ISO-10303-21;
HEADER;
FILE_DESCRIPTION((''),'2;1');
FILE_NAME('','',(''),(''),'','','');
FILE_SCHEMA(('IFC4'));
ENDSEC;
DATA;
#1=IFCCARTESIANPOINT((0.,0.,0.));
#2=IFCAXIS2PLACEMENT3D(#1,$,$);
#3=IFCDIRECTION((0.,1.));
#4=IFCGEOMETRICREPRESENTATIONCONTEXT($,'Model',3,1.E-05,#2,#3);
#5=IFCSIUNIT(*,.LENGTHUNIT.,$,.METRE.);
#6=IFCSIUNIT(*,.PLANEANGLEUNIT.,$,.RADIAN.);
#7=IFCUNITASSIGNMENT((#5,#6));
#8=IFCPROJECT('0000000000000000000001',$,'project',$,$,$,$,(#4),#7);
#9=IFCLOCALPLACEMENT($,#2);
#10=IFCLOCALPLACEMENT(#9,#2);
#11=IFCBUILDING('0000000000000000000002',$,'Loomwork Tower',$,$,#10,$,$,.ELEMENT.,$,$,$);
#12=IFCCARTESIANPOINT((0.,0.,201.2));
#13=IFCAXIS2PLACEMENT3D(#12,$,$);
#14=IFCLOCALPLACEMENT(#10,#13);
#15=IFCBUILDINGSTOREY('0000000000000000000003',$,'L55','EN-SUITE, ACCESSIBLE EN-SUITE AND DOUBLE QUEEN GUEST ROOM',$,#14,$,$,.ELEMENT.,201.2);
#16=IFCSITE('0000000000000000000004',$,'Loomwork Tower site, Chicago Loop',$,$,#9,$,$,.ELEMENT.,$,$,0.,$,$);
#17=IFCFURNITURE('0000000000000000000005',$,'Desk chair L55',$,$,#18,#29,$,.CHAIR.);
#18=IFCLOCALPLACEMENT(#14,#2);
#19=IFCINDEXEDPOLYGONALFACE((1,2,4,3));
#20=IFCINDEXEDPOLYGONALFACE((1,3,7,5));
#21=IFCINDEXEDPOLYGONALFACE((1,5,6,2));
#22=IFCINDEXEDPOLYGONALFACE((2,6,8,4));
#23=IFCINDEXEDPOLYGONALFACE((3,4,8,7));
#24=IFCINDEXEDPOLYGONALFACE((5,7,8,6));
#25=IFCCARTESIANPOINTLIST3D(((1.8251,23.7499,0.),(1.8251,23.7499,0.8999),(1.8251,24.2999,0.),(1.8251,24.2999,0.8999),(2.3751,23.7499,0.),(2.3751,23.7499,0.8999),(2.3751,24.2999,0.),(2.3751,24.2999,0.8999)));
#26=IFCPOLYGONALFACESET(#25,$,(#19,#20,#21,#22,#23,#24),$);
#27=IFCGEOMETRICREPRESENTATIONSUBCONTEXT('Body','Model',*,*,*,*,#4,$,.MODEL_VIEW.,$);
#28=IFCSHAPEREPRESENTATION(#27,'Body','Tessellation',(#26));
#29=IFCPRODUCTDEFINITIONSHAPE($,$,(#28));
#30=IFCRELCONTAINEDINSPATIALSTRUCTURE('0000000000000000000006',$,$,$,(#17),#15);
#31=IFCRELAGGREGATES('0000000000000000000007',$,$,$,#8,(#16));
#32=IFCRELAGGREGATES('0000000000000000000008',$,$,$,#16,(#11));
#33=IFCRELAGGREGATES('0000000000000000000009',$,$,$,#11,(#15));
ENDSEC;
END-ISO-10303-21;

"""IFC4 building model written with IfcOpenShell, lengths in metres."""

from ifc_helpers import new_model, si_unit, direction, frame, origin, origin_2d, place, context, subcontext, project, spatial, rectangle, extrude, element, save


model = new_model("IFC4")

# Units and contexts
model_context = context("Model", 3, precision=1e-05, world=origin(), true_north=direction((0.0, 1.0)))
body_context = subcontext(model_context, "Body", "Model", "MODEL_VIEW")
ifc_project = project(units=[si_unit("LENGTHUNIT", "METRE"), si_unit("PLANEANGLEUNIT", "RADIAN")], contexts=[model_context])

# Site, building, storey
site_placement = place(None, origin())
site = spatial("IfcSite", under=ifc_project, at=site_placement, Name="Loomwork Tower site, Chicago Loop", CompositionType="ELEMENT", RefElevation=0.0)
building_placement = place(site_placement, origin())
building = spatial("IfcBuilding", under=site, at=building_placement, Name="Loomwork Tower", CompositionType="ELEMENT")
storey_placement = place(building_placement, frame((0.0, 0.0, 201.2)))
storey = spatial("IfcBuildingStorey", under=building, at=storey_placement, Name="L55", Description="EN-SUITE, ACCESSIBLE EN-SUITE AND DOUBLE QUEEN GUEST ROOM", CompositionType="ELEMENT", Elevation=201.2)

# Furniture
furniture_1_placement = place(storey_placement, frame((2.1001, 24.0249, 0.0), z_axis=(0.0, 0.0, 1.0), x_axis=(1.0, 0.0, 0.0)))
element("IfcFurniture", 1, at=furniture_1_placement, inside=storey, Name="Desk chair L55", PredefinedType="CHAIR", context=body_context, shape_type="SweptSolid", body=[
    extrude(rectangle(XDim=0.55, YDim=0.55, at=origin_2d()), origin(), (0.0, 0.0, 1.0), 0.8999),
])

save(model, "model.ifc")
